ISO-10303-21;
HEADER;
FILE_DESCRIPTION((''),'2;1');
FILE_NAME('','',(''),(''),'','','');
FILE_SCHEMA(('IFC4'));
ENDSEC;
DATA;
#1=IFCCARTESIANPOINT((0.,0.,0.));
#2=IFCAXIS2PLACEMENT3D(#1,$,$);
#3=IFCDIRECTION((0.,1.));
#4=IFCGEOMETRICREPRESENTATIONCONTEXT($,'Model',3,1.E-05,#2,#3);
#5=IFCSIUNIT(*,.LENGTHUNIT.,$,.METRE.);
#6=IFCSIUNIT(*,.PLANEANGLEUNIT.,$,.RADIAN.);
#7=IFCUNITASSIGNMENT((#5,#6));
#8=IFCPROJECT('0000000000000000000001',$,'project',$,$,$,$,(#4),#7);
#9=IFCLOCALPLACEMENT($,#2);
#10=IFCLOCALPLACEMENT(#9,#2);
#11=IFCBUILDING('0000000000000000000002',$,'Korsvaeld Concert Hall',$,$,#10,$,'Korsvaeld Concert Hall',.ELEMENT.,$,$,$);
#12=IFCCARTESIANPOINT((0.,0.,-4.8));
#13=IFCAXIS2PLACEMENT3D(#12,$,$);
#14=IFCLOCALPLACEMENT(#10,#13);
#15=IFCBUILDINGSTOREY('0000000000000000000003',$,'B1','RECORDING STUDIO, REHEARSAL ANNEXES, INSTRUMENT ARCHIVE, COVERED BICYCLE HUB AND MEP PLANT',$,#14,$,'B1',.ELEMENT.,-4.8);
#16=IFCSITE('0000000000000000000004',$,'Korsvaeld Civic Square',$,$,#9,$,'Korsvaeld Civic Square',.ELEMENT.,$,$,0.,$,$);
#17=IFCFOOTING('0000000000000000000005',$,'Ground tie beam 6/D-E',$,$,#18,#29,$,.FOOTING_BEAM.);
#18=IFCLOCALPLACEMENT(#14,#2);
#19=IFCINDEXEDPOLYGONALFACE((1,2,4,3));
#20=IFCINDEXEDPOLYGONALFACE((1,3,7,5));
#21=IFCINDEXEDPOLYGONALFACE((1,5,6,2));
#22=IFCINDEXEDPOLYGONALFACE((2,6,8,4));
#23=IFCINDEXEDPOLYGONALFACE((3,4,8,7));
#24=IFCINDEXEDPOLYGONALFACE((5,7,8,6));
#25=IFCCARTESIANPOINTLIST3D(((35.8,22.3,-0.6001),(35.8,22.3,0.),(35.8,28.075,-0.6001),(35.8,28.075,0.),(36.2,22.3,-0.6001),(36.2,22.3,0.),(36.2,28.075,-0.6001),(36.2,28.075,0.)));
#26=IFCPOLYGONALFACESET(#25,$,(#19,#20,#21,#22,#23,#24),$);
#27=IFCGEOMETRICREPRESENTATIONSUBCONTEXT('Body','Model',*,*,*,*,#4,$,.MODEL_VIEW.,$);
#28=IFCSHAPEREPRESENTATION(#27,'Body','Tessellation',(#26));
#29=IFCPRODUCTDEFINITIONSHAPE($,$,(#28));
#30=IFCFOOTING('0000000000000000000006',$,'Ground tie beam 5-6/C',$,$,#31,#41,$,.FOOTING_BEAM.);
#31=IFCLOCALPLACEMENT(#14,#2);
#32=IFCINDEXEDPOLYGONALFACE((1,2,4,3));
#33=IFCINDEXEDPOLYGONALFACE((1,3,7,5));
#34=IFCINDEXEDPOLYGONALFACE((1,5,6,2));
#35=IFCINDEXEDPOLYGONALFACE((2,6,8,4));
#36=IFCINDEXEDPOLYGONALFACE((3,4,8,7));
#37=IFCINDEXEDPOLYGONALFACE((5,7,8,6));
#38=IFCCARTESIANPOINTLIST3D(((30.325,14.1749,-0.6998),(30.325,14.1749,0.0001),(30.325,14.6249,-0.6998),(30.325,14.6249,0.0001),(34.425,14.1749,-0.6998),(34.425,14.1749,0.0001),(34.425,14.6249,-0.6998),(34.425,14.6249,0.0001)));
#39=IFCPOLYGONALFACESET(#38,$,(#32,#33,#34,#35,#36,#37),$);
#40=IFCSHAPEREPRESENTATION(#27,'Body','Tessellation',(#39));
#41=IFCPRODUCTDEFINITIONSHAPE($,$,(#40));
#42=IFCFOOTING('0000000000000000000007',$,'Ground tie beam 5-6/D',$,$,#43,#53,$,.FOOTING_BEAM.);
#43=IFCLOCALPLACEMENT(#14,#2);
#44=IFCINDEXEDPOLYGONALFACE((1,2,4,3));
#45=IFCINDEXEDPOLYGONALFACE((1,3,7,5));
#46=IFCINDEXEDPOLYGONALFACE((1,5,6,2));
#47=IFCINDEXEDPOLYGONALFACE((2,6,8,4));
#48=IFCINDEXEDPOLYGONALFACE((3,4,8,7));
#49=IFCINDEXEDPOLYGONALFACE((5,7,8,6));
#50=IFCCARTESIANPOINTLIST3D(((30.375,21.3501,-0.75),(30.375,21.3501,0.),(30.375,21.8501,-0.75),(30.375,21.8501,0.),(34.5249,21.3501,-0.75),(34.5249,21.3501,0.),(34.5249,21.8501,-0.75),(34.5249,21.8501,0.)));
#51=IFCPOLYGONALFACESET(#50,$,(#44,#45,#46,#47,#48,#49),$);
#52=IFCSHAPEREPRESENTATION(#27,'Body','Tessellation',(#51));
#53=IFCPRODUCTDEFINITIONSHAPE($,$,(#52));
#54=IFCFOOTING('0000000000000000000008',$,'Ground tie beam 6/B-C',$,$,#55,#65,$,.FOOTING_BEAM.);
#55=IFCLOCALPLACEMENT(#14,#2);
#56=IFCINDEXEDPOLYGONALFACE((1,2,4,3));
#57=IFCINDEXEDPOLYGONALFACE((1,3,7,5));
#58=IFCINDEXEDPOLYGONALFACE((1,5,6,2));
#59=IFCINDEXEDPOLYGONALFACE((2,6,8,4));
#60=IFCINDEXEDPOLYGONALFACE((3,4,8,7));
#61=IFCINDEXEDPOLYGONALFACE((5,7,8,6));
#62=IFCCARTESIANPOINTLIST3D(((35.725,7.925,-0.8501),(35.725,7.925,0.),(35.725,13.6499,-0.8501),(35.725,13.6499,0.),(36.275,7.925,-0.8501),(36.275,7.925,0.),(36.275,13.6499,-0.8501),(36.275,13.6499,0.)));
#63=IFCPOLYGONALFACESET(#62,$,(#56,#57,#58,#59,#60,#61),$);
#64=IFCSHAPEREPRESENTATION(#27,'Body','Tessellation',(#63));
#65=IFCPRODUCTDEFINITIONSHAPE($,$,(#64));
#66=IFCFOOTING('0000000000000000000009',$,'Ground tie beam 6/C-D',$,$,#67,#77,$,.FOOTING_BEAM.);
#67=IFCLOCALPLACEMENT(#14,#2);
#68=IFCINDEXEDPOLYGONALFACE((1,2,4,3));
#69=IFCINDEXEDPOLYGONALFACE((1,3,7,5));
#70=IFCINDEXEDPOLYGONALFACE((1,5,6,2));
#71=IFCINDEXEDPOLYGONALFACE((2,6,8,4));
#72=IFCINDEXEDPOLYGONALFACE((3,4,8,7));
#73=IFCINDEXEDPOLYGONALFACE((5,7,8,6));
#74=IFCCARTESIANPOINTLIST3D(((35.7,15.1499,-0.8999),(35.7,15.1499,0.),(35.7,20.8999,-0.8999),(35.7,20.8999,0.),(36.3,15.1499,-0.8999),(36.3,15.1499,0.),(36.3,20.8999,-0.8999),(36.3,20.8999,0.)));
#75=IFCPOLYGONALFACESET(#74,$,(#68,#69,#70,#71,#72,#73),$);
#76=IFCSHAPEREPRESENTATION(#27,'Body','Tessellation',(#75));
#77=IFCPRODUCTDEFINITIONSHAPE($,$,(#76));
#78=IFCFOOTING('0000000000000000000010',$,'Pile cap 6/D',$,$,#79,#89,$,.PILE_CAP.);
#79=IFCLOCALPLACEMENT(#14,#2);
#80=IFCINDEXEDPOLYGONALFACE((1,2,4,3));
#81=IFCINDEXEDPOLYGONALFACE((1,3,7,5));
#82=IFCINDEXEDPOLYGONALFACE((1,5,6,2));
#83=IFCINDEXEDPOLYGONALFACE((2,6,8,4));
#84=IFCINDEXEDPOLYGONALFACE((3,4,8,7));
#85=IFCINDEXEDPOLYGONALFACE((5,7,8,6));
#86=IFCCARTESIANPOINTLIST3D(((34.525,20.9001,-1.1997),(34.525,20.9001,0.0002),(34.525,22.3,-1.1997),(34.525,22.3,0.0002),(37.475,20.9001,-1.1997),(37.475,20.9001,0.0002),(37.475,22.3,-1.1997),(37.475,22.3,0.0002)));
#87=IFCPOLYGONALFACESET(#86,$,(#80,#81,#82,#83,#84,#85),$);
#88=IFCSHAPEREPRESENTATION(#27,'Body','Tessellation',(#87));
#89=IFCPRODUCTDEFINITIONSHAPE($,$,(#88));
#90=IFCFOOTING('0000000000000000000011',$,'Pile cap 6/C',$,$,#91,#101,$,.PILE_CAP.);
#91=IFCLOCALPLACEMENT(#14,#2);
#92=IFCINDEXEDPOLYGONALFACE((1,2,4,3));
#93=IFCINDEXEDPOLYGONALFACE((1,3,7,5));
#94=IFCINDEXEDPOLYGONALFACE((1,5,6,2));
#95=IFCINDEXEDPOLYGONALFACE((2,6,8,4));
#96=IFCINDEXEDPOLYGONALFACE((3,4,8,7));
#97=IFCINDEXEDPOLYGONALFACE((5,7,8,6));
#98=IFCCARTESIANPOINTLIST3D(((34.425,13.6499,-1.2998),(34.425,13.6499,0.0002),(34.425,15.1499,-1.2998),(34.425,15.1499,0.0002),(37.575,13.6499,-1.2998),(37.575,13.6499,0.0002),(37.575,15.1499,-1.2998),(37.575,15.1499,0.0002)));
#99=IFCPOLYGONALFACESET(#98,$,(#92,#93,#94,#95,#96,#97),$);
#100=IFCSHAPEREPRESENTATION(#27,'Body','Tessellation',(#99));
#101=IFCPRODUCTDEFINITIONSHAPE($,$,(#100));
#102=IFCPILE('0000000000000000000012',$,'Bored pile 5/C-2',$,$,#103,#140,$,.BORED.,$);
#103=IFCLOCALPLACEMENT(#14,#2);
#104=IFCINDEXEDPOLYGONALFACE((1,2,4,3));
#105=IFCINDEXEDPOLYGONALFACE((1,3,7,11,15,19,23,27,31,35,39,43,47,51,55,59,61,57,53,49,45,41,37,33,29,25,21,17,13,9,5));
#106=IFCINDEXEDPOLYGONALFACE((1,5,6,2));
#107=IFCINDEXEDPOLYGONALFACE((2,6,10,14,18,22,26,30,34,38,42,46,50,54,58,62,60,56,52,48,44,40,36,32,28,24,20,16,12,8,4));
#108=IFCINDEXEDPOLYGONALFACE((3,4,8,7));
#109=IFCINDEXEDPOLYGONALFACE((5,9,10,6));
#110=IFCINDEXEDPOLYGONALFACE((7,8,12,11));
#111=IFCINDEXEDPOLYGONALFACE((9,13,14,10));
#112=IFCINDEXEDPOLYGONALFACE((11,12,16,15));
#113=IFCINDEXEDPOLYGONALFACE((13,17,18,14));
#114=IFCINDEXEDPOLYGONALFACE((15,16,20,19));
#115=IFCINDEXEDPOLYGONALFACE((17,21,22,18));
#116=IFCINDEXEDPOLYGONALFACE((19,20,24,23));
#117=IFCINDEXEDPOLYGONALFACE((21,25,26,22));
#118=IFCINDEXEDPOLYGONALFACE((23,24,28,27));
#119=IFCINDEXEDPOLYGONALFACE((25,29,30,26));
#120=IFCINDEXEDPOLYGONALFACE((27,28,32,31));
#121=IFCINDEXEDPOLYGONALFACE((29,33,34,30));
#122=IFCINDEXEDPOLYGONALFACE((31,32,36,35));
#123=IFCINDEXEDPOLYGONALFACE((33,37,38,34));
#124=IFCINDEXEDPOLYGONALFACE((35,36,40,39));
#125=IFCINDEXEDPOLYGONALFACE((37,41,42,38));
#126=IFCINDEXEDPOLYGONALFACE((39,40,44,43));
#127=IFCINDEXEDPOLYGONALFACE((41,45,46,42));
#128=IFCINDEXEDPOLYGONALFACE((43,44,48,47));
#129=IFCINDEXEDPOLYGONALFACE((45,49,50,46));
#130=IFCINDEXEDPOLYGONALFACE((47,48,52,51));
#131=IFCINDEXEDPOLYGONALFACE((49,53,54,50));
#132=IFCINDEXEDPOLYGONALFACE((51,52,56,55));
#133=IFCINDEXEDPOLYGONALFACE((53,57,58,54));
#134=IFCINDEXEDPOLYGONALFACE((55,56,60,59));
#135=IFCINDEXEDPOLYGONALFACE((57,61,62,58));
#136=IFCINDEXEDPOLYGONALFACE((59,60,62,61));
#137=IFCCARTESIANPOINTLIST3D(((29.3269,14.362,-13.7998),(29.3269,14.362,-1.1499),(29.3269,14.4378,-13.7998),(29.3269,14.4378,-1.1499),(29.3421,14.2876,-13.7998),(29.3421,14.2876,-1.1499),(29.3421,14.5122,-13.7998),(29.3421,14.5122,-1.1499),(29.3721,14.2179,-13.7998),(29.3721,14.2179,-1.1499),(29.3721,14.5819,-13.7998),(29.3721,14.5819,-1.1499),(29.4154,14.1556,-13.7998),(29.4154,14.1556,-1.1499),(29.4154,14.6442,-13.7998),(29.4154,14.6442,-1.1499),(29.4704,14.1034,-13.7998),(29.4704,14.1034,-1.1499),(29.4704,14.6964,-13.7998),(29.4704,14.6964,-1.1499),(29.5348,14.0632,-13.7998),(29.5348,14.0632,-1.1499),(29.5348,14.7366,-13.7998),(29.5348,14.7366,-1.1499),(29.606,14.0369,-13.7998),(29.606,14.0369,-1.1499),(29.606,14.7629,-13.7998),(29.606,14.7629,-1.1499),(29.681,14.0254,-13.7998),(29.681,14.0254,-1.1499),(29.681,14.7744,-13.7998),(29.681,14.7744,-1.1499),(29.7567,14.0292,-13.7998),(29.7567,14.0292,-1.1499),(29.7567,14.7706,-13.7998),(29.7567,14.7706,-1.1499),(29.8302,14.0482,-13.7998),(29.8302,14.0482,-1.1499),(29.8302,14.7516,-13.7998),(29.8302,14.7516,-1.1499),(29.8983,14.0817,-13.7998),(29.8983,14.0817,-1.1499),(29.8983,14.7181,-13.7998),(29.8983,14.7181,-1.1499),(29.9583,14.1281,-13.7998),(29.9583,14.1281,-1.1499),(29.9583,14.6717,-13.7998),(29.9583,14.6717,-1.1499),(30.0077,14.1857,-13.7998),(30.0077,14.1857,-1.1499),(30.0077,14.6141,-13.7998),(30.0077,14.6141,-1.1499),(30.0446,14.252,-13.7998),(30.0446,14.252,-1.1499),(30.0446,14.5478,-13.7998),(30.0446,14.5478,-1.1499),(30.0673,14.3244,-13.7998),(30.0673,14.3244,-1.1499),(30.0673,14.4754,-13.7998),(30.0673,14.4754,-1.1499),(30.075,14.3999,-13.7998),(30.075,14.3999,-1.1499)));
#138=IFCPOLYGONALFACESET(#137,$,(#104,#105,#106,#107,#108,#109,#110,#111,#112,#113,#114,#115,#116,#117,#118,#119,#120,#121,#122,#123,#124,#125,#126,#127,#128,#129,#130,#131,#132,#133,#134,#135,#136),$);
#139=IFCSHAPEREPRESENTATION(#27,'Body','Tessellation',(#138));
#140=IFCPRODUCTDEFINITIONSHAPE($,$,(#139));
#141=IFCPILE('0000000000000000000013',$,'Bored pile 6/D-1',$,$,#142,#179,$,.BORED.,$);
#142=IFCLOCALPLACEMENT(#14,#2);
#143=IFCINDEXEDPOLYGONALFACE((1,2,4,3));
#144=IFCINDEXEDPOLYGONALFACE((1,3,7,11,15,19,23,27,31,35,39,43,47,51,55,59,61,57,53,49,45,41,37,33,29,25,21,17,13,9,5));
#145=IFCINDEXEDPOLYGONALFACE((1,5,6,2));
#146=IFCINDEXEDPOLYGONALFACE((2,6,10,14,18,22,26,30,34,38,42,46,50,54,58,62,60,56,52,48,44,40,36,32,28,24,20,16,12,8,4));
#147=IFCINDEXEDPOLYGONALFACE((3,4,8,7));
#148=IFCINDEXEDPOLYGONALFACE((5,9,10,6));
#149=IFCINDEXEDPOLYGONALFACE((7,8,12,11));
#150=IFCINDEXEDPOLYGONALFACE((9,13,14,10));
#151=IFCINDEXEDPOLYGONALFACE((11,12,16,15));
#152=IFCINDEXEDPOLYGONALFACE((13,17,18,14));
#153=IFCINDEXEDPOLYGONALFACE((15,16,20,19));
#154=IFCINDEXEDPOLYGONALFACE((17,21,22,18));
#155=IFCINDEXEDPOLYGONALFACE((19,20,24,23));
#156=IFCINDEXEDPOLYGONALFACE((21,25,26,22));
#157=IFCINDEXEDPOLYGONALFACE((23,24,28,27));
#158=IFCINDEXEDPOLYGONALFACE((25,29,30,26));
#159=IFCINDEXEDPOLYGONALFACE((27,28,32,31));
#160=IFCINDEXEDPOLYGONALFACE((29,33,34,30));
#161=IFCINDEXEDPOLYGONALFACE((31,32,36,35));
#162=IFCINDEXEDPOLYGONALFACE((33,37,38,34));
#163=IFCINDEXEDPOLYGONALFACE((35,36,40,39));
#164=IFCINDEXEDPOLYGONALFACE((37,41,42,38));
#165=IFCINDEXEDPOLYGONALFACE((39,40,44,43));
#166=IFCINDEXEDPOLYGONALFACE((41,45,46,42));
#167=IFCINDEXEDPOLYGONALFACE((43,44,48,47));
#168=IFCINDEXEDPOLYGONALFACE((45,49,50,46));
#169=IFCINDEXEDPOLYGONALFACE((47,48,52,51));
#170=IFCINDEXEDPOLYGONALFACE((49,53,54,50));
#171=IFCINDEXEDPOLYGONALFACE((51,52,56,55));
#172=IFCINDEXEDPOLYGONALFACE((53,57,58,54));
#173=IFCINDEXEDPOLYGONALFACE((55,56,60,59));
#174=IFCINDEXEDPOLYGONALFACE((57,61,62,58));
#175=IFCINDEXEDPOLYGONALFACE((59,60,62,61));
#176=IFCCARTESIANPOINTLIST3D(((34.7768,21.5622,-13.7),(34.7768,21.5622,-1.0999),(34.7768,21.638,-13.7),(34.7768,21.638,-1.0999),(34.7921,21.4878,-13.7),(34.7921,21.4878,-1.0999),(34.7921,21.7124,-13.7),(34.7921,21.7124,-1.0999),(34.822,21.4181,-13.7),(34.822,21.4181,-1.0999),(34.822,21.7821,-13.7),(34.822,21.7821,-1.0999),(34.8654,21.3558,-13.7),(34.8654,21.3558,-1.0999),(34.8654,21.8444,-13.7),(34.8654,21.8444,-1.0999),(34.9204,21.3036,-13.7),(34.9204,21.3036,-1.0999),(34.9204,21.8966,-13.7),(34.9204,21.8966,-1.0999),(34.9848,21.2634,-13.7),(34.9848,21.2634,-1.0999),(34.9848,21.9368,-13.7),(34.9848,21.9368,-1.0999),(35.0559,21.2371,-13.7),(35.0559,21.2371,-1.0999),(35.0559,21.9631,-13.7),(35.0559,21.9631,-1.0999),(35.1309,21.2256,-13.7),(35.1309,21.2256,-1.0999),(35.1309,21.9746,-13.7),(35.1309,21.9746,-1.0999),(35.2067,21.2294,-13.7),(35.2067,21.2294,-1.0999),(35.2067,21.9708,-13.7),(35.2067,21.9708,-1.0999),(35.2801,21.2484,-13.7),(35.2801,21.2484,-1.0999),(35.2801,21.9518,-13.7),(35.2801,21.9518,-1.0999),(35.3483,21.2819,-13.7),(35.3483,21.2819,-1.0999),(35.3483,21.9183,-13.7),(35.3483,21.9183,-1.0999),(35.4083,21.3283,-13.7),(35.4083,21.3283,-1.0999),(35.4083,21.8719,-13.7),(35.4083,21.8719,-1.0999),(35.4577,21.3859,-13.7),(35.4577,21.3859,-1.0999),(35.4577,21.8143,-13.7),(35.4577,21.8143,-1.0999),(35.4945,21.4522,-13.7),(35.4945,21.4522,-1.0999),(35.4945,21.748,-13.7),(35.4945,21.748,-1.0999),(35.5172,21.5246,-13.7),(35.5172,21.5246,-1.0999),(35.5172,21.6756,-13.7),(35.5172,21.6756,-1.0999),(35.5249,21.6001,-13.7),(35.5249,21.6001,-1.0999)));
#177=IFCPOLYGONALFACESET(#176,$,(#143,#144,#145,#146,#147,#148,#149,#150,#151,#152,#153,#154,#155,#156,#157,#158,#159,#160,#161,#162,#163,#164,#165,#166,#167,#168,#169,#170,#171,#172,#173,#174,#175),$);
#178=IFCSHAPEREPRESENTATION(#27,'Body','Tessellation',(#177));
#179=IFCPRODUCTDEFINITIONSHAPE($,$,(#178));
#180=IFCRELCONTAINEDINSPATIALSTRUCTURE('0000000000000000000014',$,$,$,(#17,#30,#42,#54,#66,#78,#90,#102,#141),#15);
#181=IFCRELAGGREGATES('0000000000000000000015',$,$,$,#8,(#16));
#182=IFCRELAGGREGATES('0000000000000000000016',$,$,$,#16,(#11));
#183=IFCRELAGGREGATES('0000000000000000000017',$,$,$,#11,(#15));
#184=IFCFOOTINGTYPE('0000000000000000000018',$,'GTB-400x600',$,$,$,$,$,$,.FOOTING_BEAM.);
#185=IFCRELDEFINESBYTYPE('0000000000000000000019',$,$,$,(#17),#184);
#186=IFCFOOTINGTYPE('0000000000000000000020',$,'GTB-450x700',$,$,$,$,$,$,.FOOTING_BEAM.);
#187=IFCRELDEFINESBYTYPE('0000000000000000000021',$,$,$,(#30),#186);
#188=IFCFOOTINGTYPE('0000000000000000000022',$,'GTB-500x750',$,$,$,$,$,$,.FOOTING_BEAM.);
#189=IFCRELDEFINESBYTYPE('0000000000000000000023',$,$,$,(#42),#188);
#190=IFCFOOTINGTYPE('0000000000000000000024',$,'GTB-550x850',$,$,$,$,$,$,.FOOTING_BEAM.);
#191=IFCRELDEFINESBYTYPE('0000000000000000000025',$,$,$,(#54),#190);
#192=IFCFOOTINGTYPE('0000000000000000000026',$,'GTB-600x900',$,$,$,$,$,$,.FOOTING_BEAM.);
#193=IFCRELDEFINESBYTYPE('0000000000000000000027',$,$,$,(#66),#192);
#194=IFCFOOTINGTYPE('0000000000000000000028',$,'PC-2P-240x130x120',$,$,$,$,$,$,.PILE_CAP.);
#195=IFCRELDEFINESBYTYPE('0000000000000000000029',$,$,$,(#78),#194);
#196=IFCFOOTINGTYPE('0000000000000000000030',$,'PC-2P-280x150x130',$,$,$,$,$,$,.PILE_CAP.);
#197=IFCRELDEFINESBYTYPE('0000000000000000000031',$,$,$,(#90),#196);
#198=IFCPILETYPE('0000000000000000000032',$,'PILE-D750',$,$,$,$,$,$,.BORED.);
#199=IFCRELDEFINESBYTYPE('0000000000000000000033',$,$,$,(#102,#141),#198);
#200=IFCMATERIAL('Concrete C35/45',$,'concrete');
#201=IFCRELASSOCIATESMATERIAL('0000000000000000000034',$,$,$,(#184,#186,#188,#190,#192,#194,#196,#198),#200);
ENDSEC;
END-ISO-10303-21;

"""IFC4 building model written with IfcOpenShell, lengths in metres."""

from ifc_helpers import new_model, si_unit, direction, frame, origin, origin_2d, place, context, subcontext, project, spatial, rectangle, circle, extrude, material, material_profile, profile_set, type_object, element, save


model = new_model("IFC4")

# Units and contexts
model_context = context("Model", 3, precision=1e-05, world=origin(), true_north=direction((0.0, 1.0)))
body_context = subcontext(model_context, "Body", "Model", "MODEL_VIEW")
ifc_project = project(units=[si_unit("LENGTHUNIT", "METRE"), si_unit("PLANEANGLEUNIT", "RADIAN")], contexts=[model_context])

# Site, building, storey
site_placement = place(None, origin())
site = spatial("IfcSite", under=ifc_project, at=site_placement, Name="Korsvaeld Civic Square", LongName="Korsvaeld Civic Square", CompositionType="ELEMENT", RefElevation=0.0)
building_placement = place(site_placement, origin())
building = spatial("IfcBuilding", under=site, at=building_placement, Name="Korsvaeld Concert Hall", LongName="Korsvaeld Concert Hall", CompositionType="ELEMENT")
storey_placement = place(building_placement, frame((0.0, 0.0, -4.8)))
storey = spatial("IfcBuildingStorey", under=building, at=storey_placement, Name="B1", Description="RECORDING STUDIO, REHEARSAL ANNEXES, INSTRUMENT ARCHIVE, COVERED BICYCLE HUB AND MEP PLANT", LongName="B1", CompositionType="ELEMENT", Elevation=-4.8)

# Footings
ifc_material_1 = material(Name="Concrete C35/45", Category="concrete")
ifc_material_profile_1 = material_profile(ifc_material_1, rectangle(XDim=0.3999, YDim=0.6001, at=origin_2d()), Name="GTB 400x600")
ifc_profile_set_1 = profile_set([ifc_material_profile_1], Name="Concrete C35/45")
footing_type_1 = type_object("IfcFootingType", Name="GTB-400x600", PredefinedType="FOOTING_BEAM", material=ifc_profile_set_1)
footing_1_placement = place(storey_placement, frame((36.0, 22.3, -0.3), z_axis=(0.0, 1.0, 0.0), x_axis=(-1.0, 0.0, 0.0)))
element("IfcFooting", 1, at=footing_1_placement, inside=storey, type_object=footing_type_1, Name="Ground tie beam 6/D-E", PredefinedType="FOOTING_BEAM", context=body_context, shape_type="SweptSolid", body=[
    extrude(rectangle(XDim=0.3999, YDim=0.6001, at=origin_2d()), origin(), (0.0, 0.0, 1.0), 5.7749),
])
ifc_material_profile_2 = material_profile(ifc_material_1, rectangle(XDim=0.45, YDim=0.7, at=origin_2d()), Name="GTB 450x700")
ifc_profile_set_2 = profile_set([ifc_material_profile_2], Name="Concrete C35/45")
footing_type_2 = type_object("IfcFootingType", Name="GTB-450x700", PredefinedType="FOOTING_BEAM", material=ifc_profile_set_2)
footing_2_placement = place(storey_placement, frame((30.325, 14.3999, -0.3499), z_axis=(1.0, 0.0, 0.0), x_axis=(0.0, 1.0, 0.0)))
element("IfcFooting", 2, at=footing_2_placement, inside=storey, type_object=footing_type_2, Name="Ground tie beam 5-6/C", PredefinedType="FOOTING_BEAM", context=body_context, shape_type="SweptSolid", body=[
    extrude(rectangle(XDim=0.45, YDim=0.7, at=origin_2d()), origin(), (0.0, 0.0, 1.0), 4.1001),
])
ifc_material_profile_3 = material_profile(ifc_material_1, rectangle(XDim=0.5, YDim=0.75, at=origin_2d()), Name="GTB 500x750")
ifc_profile_set_3 = profile_set([ifc_material_profile_3], Name="Concrete C35/45")
footing_type_3 = type_object("IfcFootingType", Name="GTB-500x750", PredefinedType="FOOTING_BEAM", material=ifc_profile_set_3)
footing_3_placement = place(storey_placement, frame((30.375, 21.6001, -0.375), z_axis=(1.0, 0.0, 0.0), x_axis=(0.0, 1.0, 0.0)))
element("IfcFooting", 3, at=footing_3_placement, inside=storey, type_object=footing_type_3, Name="Ground tie beam 5-6/D", PredefinedType="FOOTING_BEAM", context=body_context, shape_type="SweptSolid", body=[
    extrude(rectangle(XDim=0.5, YDim=0.75, at=origin_2d()), origin(), (0.0, 0.0, 1.0), 4.1499),
])
ifc_material_profile_4 = material_profile(ifc_material_1, rectangle(XDim=0.55, YDim=0.8501, at=origin_2d()), Name="GTB 550x850")
ifc_profile_set_4 = profile_set([ifc_material_profile_4], Name="Concrete C35/45")
footing_type_4 = type_object("IfcFootingType", Name="GTB-550x850", PredefinedType="FOOTING_BEAM", material=ifc_profile_set_4)
footing_4_placement = place(storey_placement, frame((36.0, 7.925, -0.425), z_axis=(0.0, 1.0, 0.0), x_axis=(-1.0, 0.0, 0.0)))
element("IfcFooting", 4, at=footing_4_placement, inside=storey, type_object=footing_type_4, Name="Ground tie beam 6/B-C", PredefinedType="FOOTING_BEAM", context=body_context, shape_type="SweptSolid", body=[
    extrude(rectangle(XDim=0.55, YDim=0.8501, at=origin_2d()), origin(), (0.0, 0.0, 1.0), 5.7249),
])
ifc_material_profile_5 = material_profile(ifc_material_1, rectangle(XDim=0.6001, YDim=0.8999, at=origin_2d()), Name="GTB 600x900")
ifc_profile_set_5 = profile_set([ifc_material_profile_5], Name="Concrete C35/45")
footing_type_5 = type_object("IfcFootingType", Name="GTB-600x900", PredefinedType="FOOTING_BEAM", material=ifc_profile_set_5)
footing_5_placement = place(storey_placement, frame((36.0, 15.1499, -0.45), z_axis=(0.0, 1.0, 0.0), x_axis=(-1.0, 0.0, 0.0)))
element("IfcFooting", 5, at=footing_5_placement, inside=storey, type_object=footing_type_5, Name="Ground tie beam 6/C-D", PredefinedType="FOOTING_BEAM", context=body_context, shape_type="SweptSolid", body=[
    extrude(rectangle(XDim=0.6001, YDim=0.8999, at=origin_2d()), origin(), (0.0, 0.0, 1.0), 5.75),
])
footing_type_6 = type_object("IfcFootingType", Name="PC-2P-240x130x120", PredefinedType="PILE_CAP", material=ifc_material_1)
footing_6_placement = place(storey_placement, frame((36.0, 21.6001, -1.1997), z_axis=(0.0, 0.0, 1.0), x_axis=(1.0, 0.0, 0.0)))
element("IfcFooting", 6, at=footing_6_placement, inside=storey, type_object=footing_type_6, Name="Pile cap 6/D", PredefinedType="PILE_CAP", context=body_context, shape_type="SweptSolid", body=[
    extrude(rectangle(XDim=2.95, YDim=1.3999, at=origin_2d()), origin(), (0.0, 0.0, 1.0), 1.2),
])
footing_type_7 = type_object("IfcFootingType", Name="PC-2P-280x150x130", PredefinedType="PILE_CAP", material=ifc_material_1)
footing_7_placement = place(storey_placement, frame((36.0, 14.3999, -1.2998), z_axis=(0.0, 0.0, 1.0), x_axis=(1.0, 0.0, 0.0)))
element("IfcFooting", 7, at=footing_7_placement, inside=storey, type_object=footing_type_7, Name="Pile cap 6/C", PredefinedType="PILE_CAP", context=body_context, shape_type="SweptSolid", body=[
    extrude(rectangle(XDim=3.1499, YDim=1.5, at=origin_2d()), origin(), (0.0, 0.0, 1.0), 1.3),
])

# Piles
ifc_material_profile_6 = material_profile(ifc_material_1, circle(Radius=0.375, at=origin_2d()), Name="BORED PILE D750")
ifc_profile_set_6 = profile_set([ifc_material_profile_6], Name="Concrete C35/45")
pile_type_1 = type_object("IfcPileType", Name="PILE-D750", PredefinedType="BORED", material=ifc_profile_set_6)
pile_1_placement = place(storey_placement, frame((29.7, 14.3999, -1.1499), z_axis=(0.0, 0.0, -1.0), x_axis=(1.0, 0.0, 0.0)))
element("IfcPile", 8, at=pile_1_placement, inside=storey, type_object=pile_type_1, Name="Bored pile 5/C-2", PredefinedType="BORED", context=body_context, shape_type="SweptSolid", body=[
    extrude(circle(Radius=0.375, at=origin_2d()), origin(), (0.0, 0.0, 1.0), 12.6499),
])
for number, where, z_axis, x_axis, name in (
    (9, (35.1499, 21.6001, -1.0999), (0.0, 0.0, -1.0), (1.0, 0.0, 0.0), "Bored pile 6/D-1"),
):
    element("IfcPile", number, at=place(storey_placement, frame(where, z_axis=z_axis, x_axis=x_axis)), inside=storey, type_object=pile_type_1, Name=name, PredefinedType="BORED", context=body_context, shape_type="SweptSolid", body=[
        extrude(circle(Radius=0.375, at=origin_2d()), origin(), (0.0, 0.0, 1.0), 12.6001),
    ])

save(model, "model.ifc")
